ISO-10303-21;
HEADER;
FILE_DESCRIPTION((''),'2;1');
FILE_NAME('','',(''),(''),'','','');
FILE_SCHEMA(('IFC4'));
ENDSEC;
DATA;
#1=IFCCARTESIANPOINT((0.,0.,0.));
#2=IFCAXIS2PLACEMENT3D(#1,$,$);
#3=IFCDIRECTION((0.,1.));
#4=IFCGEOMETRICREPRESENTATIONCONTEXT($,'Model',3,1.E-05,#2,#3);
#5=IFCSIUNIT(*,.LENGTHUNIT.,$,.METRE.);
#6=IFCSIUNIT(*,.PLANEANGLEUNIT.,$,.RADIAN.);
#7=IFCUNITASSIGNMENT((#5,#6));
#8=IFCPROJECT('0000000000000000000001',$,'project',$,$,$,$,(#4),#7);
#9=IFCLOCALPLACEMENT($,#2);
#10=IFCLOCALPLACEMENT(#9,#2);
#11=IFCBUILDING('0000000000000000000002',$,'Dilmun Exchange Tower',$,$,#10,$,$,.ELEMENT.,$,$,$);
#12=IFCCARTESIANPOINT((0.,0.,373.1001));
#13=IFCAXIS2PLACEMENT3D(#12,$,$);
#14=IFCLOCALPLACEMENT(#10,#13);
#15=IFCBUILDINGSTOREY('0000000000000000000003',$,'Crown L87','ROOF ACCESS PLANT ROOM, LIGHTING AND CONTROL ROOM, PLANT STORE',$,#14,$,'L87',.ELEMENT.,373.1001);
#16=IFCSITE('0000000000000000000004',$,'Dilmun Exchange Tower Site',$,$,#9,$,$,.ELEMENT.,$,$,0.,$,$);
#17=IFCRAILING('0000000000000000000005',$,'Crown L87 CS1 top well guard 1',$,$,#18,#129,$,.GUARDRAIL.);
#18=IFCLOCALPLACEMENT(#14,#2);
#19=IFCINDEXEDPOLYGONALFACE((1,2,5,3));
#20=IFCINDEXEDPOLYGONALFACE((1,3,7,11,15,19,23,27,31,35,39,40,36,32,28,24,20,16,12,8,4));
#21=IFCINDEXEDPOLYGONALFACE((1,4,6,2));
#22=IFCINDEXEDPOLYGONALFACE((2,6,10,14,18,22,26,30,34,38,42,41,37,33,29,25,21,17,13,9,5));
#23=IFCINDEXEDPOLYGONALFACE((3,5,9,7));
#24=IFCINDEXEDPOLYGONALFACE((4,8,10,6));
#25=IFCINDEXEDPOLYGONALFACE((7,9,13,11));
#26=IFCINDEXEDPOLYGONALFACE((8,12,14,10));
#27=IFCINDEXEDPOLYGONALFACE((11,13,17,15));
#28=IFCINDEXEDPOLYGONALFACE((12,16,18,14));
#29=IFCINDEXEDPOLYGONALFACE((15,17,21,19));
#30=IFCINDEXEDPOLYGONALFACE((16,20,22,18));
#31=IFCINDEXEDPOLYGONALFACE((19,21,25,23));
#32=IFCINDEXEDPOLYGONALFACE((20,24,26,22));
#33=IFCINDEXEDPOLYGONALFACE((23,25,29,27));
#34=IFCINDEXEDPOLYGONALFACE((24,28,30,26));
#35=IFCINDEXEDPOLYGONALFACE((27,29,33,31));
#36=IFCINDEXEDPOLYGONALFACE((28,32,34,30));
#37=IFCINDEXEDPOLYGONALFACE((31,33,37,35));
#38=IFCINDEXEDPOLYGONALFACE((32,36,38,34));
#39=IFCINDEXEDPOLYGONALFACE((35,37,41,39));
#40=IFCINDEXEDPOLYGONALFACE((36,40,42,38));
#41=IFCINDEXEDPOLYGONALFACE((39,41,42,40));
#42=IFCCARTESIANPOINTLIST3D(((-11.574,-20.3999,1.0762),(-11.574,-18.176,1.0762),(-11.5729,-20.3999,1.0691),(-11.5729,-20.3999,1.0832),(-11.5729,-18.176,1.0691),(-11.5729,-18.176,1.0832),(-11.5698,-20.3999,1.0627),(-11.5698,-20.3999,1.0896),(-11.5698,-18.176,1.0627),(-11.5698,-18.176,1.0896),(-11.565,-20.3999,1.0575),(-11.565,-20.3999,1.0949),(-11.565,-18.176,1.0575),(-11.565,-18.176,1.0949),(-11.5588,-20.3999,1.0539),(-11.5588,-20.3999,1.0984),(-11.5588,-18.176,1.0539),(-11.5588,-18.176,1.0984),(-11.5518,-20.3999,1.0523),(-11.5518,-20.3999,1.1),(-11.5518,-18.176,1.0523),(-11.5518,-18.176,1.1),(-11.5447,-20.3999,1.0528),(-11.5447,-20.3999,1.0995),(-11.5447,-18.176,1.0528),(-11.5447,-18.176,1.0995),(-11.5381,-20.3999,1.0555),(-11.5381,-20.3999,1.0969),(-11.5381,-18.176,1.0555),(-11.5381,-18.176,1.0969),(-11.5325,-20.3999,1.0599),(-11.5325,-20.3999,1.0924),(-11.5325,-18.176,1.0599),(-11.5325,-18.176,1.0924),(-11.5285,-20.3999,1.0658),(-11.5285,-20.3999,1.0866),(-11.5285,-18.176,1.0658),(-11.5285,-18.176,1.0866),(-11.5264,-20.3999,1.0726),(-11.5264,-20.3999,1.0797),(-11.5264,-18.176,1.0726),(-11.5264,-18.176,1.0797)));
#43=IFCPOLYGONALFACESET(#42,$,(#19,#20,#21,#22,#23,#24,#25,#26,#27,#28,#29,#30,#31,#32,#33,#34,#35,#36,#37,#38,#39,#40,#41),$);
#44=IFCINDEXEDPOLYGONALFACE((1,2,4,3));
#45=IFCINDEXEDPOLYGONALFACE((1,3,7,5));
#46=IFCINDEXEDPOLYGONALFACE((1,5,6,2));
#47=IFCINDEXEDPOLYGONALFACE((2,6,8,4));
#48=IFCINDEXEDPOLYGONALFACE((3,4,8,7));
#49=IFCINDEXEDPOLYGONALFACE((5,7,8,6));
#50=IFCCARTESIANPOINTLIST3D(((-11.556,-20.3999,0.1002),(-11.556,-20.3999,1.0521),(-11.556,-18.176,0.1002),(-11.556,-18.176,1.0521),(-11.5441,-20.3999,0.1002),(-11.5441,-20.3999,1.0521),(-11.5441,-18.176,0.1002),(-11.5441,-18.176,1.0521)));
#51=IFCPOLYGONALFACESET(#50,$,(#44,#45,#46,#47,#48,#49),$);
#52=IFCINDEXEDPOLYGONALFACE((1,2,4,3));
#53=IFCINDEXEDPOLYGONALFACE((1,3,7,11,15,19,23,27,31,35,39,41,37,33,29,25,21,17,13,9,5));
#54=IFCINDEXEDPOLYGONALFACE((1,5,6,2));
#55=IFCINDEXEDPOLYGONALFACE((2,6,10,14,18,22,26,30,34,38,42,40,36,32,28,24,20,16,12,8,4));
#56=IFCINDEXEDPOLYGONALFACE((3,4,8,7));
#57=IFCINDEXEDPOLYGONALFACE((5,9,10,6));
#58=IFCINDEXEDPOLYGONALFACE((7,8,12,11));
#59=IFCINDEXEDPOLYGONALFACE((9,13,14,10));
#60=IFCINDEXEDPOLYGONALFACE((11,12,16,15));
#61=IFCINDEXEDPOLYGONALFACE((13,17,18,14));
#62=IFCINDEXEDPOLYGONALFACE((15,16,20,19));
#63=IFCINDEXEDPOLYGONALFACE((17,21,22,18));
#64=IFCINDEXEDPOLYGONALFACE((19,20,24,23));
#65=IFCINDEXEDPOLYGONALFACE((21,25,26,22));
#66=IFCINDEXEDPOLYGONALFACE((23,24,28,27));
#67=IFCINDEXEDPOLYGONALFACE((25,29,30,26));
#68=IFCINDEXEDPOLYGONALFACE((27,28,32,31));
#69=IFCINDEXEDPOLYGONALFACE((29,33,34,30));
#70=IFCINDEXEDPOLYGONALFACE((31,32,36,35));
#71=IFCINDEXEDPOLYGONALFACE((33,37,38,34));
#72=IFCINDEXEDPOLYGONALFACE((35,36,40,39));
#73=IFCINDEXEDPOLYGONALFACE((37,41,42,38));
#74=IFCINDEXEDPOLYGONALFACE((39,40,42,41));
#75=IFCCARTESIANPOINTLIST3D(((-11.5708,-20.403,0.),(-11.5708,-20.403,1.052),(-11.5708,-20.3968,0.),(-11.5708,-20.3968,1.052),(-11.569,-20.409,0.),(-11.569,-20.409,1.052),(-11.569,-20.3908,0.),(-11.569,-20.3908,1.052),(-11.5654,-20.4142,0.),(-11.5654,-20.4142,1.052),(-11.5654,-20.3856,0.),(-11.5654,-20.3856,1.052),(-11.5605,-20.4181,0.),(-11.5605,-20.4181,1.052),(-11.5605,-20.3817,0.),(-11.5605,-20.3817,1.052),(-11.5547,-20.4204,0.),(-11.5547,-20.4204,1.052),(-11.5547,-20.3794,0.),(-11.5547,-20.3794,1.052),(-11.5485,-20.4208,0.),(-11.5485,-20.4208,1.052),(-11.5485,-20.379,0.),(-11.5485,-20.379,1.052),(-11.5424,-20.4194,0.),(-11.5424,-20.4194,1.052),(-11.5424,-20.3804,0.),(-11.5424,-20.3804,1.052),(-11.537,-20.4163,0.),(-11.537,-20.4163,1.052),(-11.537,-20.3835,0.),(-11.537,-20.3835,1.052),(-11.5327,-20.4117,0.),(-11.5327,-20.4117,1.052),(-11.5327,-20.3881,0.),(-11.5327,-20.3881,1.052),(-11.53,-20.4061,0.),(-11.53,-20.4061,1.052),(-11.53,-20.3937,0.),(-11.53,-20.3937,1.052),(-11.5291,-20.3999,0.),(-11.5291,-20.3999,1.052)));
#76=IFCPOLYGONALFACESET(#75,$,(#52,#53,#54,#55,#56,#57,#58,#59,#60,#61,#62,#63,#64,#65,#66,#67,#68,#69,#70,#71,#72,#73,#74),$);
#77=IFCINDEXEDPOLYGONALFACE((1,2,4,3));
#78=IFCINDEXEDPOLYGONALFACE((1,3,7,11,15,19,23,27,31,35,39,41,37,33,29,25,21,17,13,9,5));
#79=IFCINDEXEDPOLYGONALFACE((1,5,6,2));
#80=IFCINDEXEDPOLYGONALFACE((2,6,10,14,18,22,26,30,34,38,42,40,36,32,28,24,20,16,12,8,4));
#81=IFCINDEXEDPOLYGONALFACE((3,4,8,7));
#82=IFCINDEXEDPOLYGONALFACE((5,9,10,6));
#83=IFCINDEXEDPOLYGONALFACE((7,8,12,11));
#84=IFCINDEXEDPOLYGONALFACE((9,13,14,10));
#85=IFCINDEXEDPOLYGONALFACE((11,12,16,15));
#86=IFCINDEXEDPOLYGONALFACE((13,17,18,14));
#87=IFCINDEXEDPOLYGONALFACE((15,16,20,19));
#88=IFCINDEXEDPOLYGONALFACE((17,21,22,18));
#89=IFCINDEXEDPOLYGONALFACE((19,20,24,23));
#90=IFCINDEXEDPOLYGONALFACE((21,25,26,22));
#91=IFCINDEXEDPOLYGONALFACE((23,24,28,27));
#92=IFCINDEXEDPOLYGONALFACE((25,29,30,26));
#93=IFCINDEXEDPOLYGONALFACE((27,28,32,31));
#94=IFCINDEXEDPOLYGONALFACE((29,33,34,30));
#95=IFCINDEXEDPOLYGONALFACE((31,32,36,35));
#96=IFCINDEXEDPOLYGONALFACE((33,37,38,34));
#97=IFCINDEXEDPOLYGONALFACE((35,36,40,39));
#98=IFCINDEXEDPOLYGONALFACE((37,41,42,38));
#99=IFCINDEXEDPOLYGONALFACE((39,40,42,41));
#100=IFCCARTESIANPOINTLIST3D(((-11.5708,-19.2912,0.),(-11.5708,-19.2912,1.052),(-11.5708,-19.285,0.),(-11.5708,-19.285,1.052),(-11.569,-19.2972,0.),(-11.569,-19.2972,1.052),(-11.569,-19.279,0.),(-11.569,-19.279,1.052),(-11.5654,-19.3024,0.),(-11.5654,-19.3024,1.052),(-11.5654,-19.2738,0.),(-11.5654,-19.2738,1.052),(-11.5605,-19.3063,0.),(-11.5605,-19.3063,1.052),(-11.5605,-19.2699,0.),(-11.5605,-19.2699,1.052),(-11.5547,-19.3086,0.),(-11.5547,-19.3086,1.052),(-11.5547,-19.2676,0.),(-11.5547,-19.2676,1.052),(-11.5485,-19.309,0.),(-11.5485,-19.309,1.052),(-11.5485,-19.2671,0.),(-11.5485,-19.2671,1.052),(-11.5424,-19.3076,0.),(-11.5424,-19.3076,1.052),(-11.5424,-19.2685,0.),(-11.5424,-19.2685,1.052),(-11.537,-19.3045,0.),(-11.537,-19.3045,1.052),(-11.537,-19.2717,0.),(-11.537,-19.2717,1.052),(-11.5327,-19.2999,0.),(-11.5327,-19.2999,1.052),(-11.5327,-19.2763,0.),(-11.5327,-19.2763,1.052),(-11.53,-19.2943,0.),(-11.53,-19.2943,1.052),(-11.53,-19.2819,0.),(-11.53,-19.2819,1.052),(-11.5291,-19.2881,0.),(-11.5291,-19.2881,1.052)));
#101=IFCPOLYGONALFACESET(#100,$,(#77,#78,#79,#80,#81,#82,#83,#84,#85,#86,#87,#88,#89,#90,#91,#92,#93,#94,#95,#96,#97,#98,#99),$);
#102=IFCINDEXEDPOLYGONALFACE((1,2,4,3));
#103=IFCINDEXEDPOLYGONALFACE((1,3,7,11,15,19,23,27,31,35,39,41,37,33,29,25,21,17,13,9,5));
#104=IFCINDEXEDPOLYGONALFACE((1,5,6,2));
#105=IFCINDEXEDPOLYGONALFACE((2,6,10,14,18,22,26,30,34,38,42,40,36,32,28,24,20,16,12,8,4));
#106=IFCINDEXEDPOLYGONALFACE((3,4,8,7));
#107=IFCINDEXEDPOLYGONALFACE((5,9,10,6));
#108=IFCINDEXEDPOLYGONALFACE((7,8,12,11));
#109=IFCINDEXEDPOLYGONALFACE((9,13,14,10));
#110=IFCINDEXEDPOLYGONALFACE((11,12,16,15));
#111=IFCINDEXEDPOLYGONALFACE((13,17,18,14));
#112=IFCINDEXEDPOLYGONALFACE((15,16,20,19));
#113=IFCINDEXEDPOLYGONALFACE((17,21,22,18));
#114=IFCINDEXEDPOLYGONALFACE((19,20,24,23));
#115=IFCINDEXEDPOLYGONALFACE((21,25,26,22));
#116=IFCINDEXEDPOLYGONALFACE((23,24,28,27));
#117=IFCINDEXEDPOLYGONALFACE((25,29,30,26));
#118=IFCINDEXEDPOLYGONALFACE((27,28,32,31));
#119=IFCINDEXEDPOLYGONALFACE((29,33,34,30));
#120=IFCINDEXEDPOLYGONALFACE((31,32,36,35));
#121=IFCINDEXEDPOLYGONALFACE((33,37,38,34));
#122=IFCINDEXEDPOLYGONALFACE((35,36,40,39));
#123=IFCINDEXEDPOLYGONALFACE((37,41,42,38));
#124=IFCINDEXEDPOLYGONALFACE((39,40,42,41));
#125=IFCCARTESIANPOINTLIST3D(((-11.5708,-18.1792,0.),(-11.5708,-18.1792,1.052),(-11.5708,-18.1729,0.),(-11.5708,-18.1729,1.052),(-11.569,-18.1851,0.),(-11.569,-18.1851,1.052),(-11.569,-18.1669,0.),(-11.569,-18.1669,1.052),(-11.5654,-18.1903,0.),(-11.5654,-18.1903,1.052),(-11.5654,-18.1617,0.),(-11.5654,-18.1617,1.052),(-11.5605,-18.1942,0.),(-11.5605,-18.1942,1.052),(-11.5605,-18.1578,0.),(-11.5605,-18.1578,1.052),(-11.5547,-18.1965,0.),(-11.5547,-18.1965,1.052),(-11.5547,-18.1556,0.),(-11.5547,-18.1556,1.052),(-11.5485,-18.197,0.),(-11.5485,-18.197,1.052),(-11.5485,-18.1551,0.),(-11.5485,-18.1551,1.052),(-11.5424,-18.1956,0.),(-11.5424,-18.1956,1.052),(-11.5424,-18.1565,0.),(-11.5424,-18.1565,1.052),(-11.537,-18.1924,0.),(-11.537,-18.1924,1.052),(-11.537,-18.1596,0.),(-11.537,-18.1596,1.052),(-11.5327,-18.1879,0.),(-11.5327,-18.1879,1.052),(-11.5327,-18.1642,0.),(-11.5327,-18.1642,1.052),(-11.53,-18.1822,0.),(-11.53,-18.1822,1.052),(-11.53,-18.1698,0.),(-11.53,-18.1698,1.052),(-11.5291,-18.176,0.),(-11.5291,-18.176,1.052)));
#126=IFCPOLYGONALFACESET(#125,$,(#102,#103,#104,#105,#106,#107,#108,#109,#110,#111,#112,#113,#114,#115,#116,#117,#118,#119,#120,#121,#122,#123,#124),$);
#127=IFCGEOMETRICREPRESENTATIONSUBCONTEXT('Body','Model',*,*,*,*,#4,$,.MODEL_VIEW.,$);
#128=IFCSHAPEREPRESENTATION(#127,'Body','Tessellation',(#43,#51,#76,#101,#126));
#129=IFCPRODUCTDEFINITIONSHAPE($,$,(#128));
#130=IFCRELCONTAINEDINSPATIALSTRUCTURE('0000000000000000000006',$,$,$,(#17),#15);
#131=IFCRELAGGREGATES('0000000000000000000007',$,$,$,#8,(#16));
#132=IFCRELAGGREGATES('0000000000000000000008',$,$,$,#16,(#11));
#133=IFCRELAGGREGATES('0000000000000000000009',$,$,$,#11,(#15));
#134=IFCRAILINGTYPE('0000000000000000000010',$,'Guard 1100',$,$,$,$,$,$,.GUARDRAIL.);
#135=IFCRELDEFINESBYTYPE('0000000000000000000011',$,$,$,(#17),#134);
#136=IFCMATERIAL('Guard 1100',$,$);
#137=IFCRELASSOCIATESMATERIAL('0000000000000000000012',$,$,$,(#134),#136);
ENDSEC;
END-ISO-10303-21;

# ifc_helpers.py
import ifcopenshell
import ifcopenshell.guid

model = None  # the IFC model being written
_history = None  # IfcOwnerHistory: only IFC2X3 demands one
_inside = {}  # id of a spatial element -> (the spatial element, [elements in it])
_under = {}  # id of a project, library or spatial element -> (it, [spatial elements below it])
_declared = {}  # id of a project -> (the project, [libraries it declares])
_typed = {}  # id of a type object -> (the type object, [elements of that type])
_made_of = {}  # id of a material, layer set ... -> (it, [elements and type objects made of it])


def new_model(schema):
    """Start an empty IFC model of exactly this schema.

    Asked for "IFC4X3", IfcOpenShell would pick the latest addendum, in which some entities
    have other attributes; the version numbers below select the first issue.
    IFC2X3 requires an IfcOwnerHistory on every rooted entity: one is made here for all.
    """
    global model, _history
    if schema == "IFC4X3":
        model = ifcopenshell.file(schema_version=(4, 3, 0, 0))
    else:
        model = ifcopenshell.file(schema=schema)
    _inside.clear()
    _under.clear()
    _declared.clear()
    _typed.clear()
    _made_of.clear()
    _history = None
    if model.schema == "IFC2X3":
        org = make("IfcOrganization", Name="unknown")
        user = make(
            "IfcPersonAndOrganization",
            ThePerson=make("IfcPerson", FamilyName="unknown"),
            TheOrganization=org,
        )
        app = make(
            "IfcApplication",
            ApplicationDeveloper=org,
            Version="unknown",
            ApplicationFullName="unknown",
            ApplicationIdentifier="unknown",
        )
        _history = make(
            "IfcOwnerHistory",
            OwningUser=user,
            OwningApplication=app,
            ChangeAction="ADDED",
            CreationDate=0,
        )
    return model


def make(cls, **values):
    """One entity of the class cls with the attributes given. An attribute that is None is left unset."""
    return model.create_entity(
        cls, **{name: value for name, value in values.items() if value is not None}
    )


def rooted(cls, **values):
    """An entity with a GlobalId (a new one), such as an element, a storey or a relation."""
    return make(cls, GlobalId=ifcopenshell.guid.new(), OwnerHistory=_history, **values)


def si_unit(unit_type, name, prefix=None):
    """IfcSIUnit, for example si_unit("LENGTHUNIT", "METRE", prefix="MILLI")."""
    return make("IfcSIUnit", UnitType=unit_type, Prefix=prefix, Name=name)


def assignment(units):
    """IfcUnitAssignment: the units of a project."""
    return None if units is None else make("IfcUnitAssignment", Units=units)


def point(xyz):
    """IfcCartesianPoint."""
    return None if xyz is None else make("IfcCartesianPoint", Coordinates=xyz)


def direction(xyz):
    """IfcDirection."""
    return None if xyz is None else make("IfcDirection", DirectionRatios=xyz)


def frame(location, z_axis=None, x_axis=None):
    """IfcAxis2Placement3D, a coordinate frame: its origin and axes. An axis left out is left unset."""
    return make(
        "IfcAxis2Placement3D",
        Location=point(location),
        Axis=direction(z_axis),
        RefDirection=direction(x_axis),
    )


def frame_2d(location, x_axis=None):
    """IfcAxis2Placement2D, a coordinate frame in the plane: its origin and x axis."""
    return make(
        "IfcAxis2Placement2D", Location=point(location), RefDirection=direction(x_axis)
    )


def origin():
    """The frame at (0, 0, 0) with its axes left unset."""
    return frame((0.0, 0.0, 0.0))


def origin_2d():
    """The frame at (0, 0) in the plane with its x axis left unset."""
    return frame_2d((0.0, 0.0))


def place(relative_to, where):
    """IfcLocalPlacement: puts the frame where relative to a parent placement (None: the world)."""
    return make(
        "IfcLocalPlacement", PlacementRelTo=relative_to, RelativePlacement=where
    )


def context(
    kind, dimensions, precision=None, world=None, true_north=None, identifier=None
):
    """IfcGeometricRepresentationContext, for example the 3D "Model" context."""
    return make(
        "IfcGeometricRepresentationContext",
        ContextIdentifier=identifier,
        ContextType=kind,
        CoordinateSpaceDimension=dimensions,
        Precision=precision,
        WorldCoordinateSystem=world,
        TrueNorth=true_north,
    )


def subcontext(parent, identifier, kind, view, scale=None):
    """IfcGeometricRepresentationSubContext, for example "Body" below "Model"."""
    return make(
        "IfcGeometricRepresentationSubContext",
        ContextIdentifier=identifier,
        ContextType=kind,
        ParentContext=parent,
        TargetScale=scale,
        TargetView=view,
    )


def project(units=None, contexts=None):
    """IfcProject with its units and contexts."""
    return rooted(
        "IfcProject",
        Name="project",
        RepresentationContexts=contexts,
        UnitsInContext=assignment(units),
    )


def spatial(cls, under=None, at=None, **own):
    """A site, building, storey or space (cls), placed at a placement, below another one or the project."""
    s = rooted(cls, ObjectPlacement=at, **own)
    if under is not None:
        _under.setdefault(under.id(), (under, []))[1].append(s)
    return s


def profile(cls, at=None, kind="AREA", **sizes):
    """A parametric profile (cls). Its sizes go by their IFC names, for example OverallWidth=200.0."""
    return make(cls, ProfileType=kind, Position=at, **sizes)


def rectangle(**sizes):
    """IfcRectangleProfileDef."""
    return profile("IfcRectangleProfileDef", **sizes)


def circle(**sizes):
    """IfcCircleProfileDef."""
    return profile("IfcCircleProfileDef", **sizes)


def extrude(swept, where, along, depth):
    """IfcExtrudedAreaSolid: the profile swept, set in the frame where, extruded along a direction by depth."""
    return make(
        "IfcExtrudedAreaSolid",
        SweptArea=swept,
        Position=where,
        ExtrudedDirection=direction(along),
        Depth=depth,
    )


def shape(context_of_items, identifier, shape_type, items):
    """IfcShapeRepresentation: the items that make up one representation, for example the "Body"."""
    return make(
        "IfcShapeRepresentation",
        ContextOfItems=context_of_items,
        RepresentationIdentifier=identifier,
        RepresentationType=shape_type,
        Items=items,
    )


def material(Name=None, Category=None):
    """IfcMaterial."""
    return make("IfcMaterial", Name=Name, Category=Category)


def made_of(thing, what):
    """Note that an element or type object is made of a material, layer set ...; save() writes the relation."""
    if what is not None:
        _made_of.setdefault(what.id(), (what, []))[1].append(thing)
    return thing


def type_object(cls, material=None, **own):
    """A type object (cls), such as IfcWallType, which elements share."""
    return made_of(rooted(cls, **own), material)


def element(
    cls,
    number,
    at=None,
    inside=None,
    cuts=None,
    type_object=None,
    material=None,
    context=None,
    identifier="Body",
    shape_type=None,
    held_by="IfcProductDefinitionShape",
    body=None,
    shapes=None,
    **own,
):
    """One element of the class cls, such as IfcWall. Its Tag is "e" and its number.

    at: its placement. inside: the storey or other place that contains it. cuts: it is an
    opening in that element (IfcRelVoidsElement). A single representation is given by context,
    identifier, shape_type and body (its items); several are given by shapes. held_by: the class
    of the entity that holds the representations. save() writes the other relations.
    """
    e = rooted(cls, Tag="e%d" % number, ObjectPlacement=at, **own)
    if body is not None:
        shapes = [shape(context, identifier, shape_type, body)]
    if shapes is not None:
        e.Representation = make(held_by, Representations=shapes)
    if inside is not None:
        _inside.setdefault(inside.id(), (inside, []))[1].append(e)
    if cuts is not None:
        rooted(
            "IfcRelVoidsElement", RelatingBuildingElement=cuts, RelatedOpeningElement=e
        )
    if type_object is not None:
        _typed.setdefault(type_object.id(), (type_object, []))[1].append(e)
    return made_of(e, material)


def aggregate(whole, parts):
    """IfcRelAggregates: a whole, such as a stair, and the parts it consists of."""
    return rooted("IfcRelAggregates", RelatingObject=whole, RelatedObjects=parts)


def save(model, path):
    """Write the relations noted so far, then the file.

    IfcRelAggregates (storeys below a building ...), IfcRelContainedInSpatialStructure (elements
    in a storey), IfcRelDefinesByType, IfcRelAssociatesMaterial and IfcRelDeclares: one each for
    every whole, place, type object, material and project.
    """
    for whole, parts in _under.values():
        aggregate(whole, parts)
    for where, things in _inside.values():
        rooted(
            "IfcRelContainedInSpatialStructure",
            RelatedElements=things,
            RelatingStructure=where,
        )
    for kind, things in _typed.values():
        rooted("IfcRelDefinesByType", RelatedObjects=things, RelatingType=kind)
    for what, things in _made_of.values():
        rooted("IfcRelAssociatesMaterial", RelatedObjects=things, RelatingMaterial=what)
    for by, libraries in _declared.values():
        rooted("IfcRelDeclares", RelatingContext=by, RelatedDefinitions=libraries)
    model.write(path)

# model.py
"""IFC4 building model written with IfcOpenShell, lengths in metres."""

from ifc_helpers import new_model, si_unit, direction, frame, origin, origin_2d, place, context, subcontext, project, spatial, rectangle, circle, extrude, material, type_object, element, save


model = new_model("IFC4")

# Units and contexts
model_context = context("Model", 3, precision=1e-05, world=origin(), true_north=direction((0.0, 1.0)))
body_context = subcontext(model_context, "Body", "Model", "MODEL_VIEW")
ifc_project = project(units=[si_unit("LENGTHUNIT", "METRE"), si_unit("PLANEANGLEUNIT", "RADIAN")], contexts=[model_context])

# Site, building, storey
site_placement = place(None, origin())
site = spatial("IfcSite", under=ifc_project, at=site_placement, Name="Dilmun Exchange Tower Site", CompositionType="ELEMENT", RefElevation=0.0)
building_placement = place(site_placement, origin())
building = spatial("IfcBuilding", under=site, at=building_placement, Name="Dilmun Exchange Tower", CompositionType="ELEMENT")
storey_placement = place(building_placement, frame((0.0, 0.0, 373.1001)))
storey = spatial("IfcBuildingStorey", under=building, at=storey_placement, Name="Crown L87", Description="ROOF ACCESS PLANT ROOM, LIGHTING AND CONTROL ROOM, PLANT STORE", LongName="L87", CompositionType="ELEMENT", Elevation=373.1001)

# Railing
ifc_material_1 = material(Name="Guard 1100")
railing_type_1 = type_object("IfcRailingType", Name="Guard 1100", PredefinedType="GUARDRAIL", material=ifc_material_1)
railing_1_placement = place(storey_placement, frame((-11.55, -20.3999, 0.0)))
element("IfcRailing", 1, at=railing_1_placement, inside=storey, type_object=railing_type_1, Name="Crown L87 CS1 top well guard 1", PredefinedType="GUARDRAIL", context=body_context, shape_type="SweptSolid", body=[
    extrude(circle(Radius=0.0239, at=origin_2d()), frame((0.0, 0.0, 1.0762), z_axis=(0.0, 1.0, 0.0), x_axis=(-1.0, 0.0, 0.0)), (0.0, 0.0, 1.0), 2.2239),
    extrude(rectangle(XDim=0.012, YDim=0.9519, at=origin_2d()), frame((0.0, 0.0, 0.5762), z_axis=(0.0, 1.0, 0.0), x_axis=(-1.0, 0.0, 0.0)), (0.0, 0.0, 1.0), 2.2239),
    extrude(circle(Radius=0.021, at=origin_2d()), origin(), (0.0, 0.0, 1.0), 1.052),
    extrude(circle(Radius=0.021, at=origin_2d()), frame((0.0, 1.1118, 0.0)), (0.0, 0.0, 1.0), 1.052),
    extrude(circle(Radius=0.021, at=origin_2d()), frame((0.0, 2.2239, 0.0)), (0.0, 0.0, 1.0), 1.052),
])

save(model, "model.ifc")
